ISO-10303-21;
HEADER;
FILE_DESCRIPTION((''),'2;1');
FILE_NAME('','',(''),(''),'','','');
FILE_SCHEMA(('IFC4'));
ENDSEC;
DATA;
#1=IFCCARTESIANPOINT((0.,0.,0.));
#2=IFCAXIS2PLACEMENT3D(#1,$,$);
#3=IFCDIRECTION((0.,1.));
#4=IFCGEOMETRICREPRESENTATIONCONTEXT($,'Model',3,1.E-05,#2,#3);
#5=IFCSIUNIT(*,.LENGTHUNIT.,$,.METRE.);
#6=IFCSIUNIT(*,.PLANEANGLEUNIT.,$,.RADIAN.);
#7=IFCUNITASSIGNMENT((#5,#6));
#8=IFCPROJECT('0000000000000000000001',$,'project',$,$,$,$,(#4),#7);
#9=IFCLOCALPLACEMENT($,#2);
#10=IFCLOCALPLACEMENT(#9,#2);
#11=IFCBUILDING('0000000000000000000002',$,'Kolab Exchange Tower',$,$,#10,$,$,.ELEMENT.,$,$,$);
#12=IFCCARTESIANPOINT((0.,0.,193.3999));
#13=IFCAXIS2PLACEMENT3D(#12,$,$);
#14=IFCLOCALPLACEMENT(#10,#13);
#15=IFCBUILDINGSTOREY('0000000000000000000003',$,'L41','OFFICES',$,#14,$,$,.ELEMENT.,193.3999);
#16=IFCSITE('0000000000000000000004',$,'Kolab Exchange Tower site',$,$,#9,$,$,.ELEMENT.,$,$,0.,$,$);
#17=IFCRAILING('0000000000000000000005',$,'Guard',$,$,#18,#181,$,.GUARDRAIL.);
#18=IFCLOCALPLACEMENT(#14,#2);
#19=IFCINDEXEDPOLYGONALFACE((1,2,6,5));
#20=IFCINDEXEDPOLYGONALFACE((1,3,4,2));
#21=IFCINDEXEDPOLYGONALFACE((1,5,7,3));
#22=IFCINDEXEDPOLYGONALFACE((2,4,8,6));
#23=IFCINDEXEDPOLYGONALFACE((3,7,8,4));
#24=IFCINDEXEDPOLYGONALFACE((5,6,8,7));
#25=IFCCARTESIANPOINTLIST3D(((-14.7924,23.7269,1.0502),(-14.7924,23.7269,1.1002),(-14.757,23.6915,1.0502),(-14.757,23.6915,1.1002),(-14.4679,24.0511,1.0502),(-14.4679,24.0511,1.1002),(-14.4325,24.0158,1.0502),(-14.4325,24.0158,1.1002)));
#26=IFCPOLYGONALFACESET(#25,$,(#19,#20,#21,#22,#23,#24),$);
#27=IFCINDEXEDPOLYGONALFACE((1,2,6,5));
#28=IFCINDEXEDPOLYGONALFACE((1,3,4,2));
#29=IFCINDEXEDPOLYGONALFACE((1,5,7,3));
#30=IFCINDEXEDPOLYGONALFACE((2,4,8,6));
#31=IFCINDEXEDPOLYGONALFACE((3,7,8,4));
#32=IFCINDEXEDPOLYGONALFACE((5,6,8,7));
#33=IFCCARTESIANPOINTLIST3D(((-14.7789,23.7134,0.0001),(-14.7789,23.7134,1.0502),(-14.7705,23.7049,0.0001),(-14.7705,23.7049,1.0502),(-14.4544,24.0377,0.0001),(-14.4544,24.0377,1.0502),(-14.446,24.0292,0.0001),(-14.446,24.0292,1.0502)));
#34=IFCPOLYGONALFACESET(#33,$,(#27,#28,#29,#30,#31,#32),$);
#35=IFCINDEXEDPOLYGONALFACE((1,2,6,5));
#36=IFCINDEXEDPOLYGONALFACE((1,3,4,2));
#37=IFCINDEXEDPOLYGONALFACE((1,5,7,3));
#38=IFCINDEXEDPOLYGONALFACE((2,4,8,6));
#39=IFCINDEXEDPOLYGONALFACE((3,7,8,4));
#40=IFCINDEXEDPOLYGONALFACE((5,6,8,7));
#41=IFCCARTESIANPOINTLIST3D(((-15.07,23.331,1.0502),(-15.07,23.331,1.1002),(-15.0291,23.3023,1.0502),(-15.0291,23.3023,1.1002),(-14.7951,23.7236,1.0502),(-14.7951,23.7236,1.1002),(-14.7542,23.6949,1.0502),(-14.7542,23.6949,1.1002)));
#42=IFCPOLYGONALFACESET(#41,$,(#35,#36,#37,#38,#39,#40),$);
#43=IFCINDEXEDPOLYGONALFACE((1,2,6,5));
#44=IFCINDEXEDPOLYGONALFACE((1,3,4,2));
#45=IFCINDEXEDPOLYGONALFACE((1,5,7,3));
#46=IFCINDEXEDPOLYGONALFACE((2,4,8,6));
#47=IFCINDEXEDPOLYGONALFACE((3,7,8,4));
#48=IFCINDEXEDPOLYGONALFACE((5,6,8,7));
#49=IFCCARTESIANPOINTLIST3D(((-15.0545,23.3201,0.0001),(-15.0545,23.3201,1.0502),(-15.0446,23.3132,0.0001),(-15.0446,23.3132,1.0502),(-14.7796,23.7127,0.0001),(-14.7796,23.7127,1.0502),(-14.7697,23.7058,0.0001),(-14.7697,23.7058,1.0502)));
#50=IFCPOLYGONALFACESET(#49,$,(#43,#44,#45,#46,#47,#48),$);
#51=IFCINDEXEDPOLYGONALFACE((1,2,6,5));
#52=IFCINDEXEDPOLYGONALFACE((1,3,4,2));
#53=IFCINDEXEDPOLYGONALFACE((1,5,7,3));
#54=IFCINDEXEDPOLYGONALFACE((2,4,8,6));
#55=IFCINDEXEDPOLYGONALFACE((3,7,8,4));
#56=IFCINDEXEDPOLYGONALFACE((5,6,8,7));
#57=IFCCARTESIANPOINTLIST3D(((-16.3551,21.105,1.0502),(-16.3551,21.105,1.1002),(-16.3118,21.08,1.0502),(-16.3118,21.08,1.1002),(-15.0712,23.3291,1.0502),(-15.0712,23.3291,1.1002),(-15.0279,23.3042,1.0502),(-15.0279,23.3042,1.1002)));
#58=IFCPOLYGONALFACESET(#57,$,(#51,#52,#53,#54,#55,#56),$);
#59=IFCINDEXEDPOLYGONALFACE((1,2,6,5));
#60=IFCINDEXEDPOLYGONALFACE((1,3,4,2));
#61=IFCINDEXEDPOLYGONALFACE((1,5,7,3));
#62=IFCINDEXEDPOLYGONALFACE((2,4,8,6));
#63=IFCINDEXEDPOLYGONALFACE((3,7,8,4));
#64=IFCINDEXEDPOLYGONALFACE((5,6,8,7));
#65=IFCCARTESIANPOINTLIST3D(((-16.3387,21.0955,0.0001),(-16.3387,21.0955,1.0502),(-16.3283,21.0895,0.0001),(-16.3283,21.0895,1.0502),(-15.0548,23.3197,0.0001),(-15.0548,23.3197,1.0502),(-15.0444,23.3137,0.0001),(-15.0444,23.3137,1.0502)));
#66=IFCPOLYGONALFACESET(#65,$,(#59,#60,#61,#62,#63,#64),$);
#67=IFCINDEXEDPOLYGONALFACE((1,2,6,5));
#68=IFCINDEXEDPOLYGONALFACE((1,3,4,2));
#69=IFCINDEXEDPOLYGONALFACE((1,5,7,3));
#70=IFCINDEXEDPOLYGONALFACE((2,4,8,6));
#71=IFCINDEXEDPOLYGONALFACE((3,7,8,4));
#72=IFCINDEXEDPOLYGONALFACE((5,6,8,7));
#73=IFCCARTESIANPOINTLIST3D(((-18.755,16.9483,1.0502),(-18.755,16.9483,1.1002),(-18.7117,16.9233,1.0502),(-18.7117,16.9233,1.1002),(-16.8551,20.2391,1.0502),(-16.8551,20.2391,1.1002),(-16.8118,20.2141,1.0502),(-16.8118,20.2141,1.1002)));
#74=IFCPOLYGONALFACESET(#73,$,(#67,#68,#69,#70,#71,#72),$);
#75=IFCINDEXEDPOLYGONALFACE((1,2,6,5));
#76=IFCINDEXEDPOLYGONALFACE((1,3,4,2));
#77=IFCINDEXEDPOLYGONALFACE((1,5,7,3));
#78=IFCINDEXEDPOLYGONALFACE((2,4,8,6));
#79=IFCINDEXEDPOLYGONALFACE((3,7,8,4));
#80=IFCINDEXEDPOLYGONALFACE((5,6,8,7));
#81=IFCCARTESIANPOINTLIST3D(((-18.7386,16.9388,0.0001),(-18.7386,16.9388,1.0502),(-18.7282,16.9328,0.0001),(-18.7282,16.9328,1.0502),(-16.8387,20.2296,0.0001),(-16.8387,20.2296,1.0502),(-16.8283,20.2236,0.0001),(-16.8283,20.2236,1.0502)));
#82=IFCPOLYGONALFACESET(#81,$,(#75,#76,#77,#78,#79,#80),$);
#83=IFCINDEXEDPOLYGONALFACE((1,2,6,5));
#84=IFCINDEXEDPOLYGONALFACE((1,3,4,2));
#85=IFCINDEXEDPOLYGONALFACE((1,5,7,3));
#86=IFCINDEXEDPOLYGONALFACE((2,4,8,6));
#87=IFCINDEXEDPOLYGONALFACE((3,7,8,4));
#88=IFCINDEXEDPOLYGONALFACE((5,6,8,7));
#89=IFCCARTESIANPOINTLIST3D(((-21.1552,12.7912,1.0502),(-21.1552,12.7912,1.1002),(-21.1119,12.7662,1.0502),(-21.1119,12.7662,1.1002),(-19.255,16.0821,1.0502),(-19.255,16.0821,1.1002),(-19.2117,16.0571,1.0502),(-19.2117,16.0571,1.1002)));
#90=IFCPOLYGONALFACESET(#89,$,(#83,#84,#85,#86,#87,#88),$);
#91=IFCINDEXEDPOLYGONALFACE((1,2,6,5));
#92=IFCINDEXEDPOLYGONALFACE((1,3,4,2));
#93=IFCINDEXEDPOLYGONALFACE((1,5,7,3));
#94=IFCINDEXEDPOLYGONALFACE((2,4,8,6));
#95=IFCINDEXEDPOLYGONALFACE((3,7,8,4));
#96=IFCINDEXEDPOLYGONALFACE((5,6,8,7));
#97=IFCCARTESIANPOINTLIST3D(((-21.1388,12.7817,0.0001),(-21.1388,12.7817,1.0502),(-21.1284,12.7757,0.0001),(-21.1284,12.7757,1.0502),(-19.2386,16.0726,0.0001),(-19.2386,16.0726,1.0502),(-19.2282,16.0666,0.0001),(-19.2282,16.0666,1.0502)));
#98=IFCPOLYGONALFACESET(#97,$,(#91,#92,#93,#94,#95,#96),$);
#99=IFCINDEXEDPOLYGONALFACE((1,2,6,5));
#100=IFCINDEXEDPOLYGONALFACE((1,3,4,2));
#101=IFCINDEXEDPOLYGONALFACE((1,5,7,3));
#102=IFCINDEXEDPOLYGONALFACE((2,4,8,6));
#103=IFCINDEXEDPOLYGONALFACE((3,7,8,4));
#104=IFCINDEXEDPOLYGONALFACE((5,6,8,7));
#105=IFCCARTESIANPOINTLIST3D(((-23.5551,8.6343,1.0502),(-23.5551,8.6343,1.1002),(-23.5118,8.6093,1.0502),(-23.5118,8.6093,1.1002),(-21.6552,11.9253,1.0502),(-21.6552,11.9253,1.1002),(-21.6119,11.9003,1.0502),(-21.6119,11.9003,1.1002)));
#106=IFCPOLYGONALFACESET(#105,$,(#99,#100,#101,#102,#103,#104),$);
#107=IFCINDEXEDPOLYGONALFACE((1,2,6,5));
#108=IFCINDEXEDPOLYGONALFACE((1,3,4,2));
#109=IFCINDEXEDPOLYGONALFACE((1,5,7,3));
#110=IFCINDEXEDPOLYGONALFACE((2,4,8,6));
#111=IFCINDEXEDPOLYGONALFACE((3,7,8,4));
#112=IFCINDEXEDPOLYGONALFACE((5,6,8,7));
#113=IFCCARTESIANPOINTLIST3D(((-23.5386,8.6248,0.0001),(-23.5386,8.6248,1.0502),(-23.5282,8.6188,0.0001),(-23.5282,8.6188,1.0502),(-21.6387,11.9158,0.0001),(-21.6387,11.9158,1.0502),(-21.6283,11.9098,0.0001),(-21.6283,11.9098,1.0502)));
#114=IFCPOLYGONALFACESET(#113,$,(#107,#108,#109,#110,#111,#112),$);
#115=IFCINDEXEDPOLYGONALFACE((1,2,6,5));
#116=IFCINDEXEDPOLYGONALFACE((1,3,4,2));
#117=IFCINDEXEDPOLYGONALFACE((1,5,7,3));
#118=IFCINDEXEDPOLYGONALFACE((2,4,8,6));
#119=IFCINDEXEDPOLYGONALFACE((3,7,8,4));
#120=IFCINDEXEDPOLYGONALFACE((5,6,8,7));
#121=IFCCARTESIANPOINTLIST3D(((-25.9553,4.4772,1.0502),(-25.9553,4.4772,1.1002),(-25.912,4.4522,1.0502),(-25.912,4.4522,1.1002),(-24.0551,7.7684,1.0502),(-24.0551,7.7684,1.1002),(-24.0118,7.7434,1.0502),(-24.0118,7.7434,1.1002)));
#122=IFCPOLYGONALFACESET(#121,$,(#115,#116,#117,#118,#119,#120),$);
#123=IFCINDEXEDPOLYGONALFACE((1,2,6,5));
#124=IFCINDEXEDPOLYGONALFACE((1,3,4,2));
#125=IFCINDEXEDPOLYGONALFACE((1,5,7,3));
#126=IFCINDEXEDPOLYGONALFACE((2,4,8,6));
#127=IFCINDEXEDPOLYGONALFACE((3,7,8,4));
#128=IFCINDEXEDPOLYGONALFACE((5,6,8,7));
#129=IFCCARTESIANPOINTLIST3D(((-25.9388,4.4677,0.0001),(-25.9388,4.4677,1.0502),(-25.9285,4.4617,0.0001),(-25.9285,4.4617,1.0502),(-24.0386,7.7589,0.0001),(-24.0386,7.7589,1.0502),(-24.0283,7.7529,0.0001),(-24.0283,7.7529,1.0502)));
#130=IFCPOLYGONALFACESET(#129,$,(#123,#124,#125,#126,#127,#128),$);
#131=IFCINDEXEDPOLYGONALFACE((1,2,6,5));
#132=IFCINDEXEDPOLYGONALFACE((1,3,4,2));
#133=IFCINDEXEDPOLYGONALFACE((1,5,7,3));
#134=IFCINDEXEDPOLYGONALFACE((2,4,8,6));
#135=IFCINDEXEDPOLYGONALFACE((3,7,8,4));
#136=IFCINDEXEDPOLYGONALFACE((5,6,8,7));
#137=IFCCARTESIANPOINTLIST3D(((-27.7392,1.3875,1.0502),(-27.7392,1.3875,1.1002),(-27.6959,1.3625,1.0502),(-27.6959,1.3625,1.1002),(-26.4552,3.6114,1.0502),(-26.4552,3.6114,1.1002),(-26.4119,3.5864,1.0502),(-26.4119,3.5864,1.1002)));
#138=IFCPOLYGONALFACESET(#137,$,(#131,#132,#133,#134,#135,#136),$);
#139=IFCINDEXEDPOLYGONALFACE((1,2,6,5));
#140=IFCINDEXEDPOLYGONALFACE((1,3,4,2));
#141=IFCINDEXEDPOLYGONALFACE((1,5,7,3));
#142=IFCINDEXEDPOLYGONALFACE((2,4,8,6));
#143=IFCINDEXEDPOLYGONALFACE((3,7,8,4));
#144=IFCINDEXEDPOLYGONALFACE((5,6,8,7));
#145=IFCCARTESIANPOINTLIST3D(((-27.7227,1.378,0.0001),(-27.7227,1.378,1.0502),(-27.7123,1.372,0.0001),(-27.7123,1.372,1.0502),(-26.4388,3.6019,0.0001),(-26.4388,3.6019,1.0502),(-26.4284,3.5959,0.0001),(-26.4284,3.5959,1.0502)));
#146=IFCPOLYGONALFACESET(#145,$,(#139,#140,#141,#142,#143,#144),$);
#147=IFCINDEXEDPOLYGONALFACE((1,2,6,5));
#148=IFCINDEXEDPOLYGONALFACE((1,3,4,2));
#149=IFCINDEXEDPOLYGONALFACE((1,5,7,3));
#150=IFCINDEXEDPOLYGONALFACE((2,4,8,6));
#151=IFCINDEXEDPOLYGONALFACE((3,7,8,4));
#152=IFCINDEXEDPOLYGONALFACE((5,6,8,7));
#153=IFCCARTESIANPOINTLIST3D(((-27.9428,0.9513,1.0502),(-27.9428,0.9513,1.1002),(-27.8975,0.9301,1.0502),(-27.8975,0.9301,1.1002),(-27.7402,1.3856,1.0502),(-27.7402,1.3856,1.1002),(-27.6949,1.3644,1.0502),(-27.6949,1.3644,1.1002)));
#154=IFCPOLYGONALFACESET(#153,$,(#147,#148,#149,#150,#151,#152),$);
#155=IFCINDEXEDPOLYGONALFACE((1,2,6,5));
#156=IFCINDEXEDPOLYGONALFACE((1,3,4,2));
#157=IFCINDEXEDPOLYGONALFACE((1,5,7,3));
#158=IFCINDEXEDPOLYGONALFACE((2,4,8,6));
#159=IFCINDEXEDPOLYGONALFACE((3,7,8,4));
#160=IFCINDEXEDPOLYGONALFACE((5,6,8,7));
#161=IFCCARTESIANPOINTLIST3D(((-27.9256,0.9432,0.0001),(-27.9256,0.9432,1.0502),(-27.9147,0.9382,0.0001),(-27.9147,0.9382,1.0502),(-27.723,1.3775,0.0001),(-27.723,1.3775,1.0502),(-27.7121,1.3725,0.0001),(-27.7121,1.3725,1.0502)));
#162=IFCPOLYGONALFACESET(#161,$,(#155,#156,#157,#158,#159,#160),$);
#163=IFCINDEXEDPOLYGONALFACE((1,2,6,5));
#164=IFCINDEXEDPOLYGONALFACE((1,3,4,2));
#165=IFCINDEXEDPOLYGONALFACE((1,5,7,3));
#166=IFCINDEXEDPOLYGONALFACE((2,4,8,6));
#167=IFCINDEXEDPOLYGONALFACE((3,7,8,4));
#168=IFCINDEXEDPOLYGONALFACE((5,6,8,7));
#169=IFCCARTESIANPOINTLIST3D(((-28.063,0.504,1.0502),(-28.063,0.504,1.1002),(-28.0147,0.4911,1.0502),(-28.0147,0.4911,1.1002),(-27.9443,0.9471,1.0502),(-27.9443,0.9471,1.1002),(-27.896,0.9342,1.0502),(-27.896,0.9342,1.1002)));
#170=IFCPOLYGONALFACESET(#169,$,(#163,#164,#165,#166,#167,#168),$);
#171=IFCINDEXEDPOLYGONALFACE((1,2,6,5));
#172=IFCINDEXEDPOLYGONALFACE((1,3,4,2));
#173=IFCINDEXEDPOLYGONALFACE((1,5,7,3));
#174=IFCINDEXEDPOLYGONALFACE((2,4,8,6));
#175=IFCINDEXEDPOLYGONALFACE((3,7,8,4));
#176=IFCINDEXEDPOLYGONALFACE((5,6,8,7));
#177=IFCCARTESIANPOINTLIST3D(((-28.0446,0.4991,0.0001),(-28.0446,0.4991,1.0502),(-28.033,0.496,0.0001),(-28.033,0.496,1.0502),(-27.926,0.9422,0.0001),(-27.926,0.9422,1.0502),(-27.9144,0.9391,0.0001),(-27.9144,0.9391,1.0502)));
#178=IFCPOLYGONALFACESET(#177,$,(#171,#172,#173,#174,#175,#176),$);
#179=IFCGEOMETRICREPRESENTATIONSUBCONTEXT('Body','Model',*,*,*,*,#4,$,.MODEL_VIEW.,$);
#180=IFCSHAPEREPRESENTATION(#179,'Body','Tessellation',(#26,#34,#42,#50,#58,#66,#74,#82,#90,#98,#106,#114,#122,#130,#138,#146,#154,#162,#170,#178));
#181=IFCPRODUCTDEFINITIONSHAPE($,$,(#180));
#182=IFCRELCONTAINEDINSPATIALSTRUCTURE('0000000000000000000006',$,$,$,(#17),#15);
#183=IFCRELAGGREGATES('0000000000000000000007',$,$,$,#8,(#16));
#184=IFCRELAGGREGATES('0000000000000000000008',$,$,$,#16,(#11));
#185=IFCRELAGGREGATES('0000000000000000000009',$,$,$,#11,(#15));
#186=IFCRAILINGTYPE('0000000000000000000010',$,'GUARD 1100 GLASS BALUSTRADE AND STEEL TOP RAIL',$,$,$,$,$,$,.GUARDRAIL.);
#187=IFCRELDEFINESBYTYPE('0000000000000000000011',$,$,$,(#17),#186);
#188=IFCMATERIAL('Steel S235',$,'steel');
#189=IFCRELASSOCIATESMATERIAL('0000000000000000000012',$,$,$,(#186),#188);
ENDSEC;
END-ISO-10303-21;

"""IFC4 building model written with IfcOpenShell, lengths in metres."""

from ifc_helpers import new_model, si_unit, direction, frame, frame_2d, origin, origin_2d, place, context, subcontext, project, spatial, rectangle, extrude, material, type_object, element, save


model = new_model("IFC4")

# Units and contexts
model_context = context("Model", 3, precision=1e-05, world=origin(), true_north=direction((0.0, 1.0)))
body_context = subcontext(model_context, "Body", "Model", "MODEL_VIEW")
ifc_project = project(units=[si_unit("LENGTHUNIT", "METRE"), si_unit("PLANEANGLEUNIT", "RADIAN")], contexts=[model_context])

# Site, building, storey
site_placement = place(None, origin())
site = spatial("IfcSite", under=ifc_project, at=site_placement, Name="Kolab Exchange Tower site", CompositionType="ELEMENT", RefElevation=0.0)
building_placement = place(site_placement, origin())
building = spatial("IfcBuilding", under=site, at=building_placement, Name="Kolab Exchange Tower", CompositionType="ELEMENT")
storey_placement = place(building_placement, frame((0.0, 0.0, 193.3999)))
storey = spatial("IfcBuildingStorey", under=building, at=storey_placement, Name="L41", Description="OFFICES", CompositionType="ELEMENT", Elevation=193.3999)

# Shared definitions
ifc_material_1 = material(Name="Steel S235", Category="steel")

# Railing
railing_type = type_object("IfcRailingType", Name="GUARD 1100 GLASS BALUSTRADE AND STEEL TOP RAIL", PredefinedType="GUARDRAIL", material=ifc_material_1)
railing_placement = place(storey_placement, frame((-14.4502, 24.0334, 0.0)))
element("IfcRailing", 1, at=railing_placement, inside=storey, type_object=railing_type, Name="Guard", PredefinedType="GUARDRAIL", context=body_context, shape_type="SweptSolid", body=[
    extrude(rectangle(XDim=0.05, YDim=0.05, at=origin_2d()), frame((0.0, 0.0, 1.0752), z_axis=(-0.707373, -0.706841, 0.0), x_axis=(0.706841, -0.707373, 0.0)), (0.0, 0.0, 1.0), 0.4587),
    extrude(rectangle(XDim=0.012, YDim=1.0501, at=frame_2d((0.0, 0.5251))), frame((0.0, 0.0, 0.0), z_axis=(-0.707373, -0.706841, 0.0), x_axis=(0.706841, -0.707373, 0.0)), (0.0, 0.0, 1.0), 0.4587),
    extrude(rectangle(XDim=0.05, YDim=0.05, at=origin_2d()), frame((-0.3245, -0.3242, 1.0752), z_axis=(-0.573599, -0.819136, 0.0), x_axis=(0.819136, -0.573599, 0.0)), (0.0, 0.0, 1.0), 0.4792),
    extrude(rectangle(XDim=0.012, YDim=1.0501, at=frame_2d((0.0, 0.5251))), frame((-0.3245, -0.3242, 0.0), z_axis=(-0.573599, -0.819136, 0.0), x_axis=(0.819136, -0.573599, 0.0)), (0.0, 0.0, 1.0), 0.4792),
    extrude(rectangle(XDim=0.05, YDim=0.05, at=origin_2d()), frame((-0.5994, -0.7168, 1.0752), z_axis=(-0.499953, -0.866053, 0.0), x_axis=(0.866053, -0.499953, 0.0)), (0.0, 0.0, 1.0), 2.5681),
    extrude(rectangle(XDim=0.012, YDim=1.0501, at=frame_2d((0.0, 0.5251))), frame((-0.5994, -0.7168, 0.0), z_axis=(-0.499953, -0.866053, 0.0), x_axis=(0.866053, -0.499953, 0.0)), (0.0, 0.0, 1.0), 2.5681),
    extrude(rectangle(XDim=0.05, YDim=0.05, at=origin_2d()), frame((-2.3833, -3.8069, 1.0752), z_axis=(-0.499995, -0.866028, 0.0), x_axis=(0.866028, -0.499995, 0.0)), (0.0, 0.0, 1.0), 3.7998),
    extrude(rectangle(XDim=0.012, YDim=1.0501, at=frame_2d((0.0, 0.5251))), frame((-2.3833, -3.8069, 0.0), z_axis=(-0.499995, -0.866028, 0.0), x_axis=(0.866028, -0.499995, 0.0)), (0.0, 0.0, 1.0), 3.7998),
    extrude(rectangle(XDim=0.05, YDim=0.05, at=origin_2d()), frame((-4.7832, -7.9639, 1.0752), z_axis=(-0.500043, -0.866, 0.0), x_axis=(0.866, -0.500043, 0.0)), (0.0, 0.0, 1.0), 3.8),
    extrude(rectangle(XDim=0.012, YDim=1.0501, at=frame_2d((0.0, 0.5251))), frame((-4.7832, -7.9639, 0.0), z_axis=(-0.500043, -0.866, 0.0), x_axis=(0.866, -0.500043, 0.0)), (0.0, 0.0, 1.0), 3.8),
    extrude(rectangle(XDim=0.05, YDim=0.05, at=origin_2d()), frame((-7.1833, -12.1206, 1.0752), z_axis=(-0.499967, -0.866044, 0.0), x_axis=(0.866044, -0.499967, 0.0)), (0.0, 0.0, 1.0), 3.8),
    extrude(rectangle(XDim=0.012, YDim=1.0501, at=frame_2d((0.0, 0.5251))), frame((-7.1833, -12.1206, 0.0), z_axis=(-0.499967, -0.866044, 0.0), x_axis=(0.866044, -0.499967, 0.0)), (0.0, 0.0, 1.0), 3.8),
    extrude(rectangle(XDim=0.05, YDim=0.05, at=origin_2d()), frame((-9.5833, -16.2776, 1.0752), z_axis=(-0.500015, -0.866017, 0.0), x_axis=(0.866017, -0.500015, 0.0)), (0.0, 0.0, 1.0), 3.8003),
    extrude(rectangle(XDim=0.012, YDim=1.0501, at=frame_2d((0.0, 0.5251))), frame((-9.5833, -16.2776, 0.0), z_axis=(-0.500015, -0.866017, 0.0), x_axis=(0.866017, -0.500015, 0.0)), (0.0, 0.0, 1.0), 3.8003),
    extrude(rectangle(XDim=0.05, YDim=0.05, at=origin_2d()), frame((-11.9834, -20.4346, 1.0752), z_axis=(-0.499994, -0.866029, 0.0), x_axis=(0.866029, -0.499994, 0.0)), (0.0, 0.0, 1.0), 2.5679),
    extrude(rectangle(XDim=0.012, YDim=1.0501, at=frame_2d((0.0, 0.5251))), frame((-11.9834, -20.4346, 0.0), z_axis=(-0.499994, -0.866029, 0.0), x_axis=(0.866029, -0.499994, 0.0)), (0.0, 0.0, 1.0), 2.5679),
    extrude(rectangle(XDim=0.05, YDim=0.05, at=origin_2d()), frame((-13.2673, -22.6584, 1.0752), z_axis=(-0.422802, -0.906222, 0.0), x_axis=(0.906222, -0.422802, 0.0)), (0.0, 0.0, 1.0), 0.4792),
    extrude(rectangle(XDim=0.012, YDim=1.0501, at=frame_2d((0.0, 0.5251))), frame((-13.2673, -22.6584, 0.0), z_axis=(-0.422802, -0.906222, 0.0), x_axis=(0.906222, -0.422802, 0.0)), (0.0, 0.0, 1.0), 0.4792),
    extrude(rectangle(XDim=0.05, YDim=0.05, at=origin_2d()), frame((-13.47, -23.0928, 1.0752), z_axis=(-0.258656, -0.965969, 0.0), x_axis=(0.965969, -0.258656, 0.0)), (0.0, 0.0, 1.0), 0.4587),
    extrude(rectangle(XDim=0.012, YDim=1.0501, at=frame_2d((0.0, 0.5251))), frame((-13.47, -23.0928, 0.0), z_axis=(-0.258656, -0.965969, 0.0), x_axis=(0.965969, -0.258656, 0.0)), (0.0, 0.0, 1.0), 0.4587),
])

save(model, "model.ifc")
